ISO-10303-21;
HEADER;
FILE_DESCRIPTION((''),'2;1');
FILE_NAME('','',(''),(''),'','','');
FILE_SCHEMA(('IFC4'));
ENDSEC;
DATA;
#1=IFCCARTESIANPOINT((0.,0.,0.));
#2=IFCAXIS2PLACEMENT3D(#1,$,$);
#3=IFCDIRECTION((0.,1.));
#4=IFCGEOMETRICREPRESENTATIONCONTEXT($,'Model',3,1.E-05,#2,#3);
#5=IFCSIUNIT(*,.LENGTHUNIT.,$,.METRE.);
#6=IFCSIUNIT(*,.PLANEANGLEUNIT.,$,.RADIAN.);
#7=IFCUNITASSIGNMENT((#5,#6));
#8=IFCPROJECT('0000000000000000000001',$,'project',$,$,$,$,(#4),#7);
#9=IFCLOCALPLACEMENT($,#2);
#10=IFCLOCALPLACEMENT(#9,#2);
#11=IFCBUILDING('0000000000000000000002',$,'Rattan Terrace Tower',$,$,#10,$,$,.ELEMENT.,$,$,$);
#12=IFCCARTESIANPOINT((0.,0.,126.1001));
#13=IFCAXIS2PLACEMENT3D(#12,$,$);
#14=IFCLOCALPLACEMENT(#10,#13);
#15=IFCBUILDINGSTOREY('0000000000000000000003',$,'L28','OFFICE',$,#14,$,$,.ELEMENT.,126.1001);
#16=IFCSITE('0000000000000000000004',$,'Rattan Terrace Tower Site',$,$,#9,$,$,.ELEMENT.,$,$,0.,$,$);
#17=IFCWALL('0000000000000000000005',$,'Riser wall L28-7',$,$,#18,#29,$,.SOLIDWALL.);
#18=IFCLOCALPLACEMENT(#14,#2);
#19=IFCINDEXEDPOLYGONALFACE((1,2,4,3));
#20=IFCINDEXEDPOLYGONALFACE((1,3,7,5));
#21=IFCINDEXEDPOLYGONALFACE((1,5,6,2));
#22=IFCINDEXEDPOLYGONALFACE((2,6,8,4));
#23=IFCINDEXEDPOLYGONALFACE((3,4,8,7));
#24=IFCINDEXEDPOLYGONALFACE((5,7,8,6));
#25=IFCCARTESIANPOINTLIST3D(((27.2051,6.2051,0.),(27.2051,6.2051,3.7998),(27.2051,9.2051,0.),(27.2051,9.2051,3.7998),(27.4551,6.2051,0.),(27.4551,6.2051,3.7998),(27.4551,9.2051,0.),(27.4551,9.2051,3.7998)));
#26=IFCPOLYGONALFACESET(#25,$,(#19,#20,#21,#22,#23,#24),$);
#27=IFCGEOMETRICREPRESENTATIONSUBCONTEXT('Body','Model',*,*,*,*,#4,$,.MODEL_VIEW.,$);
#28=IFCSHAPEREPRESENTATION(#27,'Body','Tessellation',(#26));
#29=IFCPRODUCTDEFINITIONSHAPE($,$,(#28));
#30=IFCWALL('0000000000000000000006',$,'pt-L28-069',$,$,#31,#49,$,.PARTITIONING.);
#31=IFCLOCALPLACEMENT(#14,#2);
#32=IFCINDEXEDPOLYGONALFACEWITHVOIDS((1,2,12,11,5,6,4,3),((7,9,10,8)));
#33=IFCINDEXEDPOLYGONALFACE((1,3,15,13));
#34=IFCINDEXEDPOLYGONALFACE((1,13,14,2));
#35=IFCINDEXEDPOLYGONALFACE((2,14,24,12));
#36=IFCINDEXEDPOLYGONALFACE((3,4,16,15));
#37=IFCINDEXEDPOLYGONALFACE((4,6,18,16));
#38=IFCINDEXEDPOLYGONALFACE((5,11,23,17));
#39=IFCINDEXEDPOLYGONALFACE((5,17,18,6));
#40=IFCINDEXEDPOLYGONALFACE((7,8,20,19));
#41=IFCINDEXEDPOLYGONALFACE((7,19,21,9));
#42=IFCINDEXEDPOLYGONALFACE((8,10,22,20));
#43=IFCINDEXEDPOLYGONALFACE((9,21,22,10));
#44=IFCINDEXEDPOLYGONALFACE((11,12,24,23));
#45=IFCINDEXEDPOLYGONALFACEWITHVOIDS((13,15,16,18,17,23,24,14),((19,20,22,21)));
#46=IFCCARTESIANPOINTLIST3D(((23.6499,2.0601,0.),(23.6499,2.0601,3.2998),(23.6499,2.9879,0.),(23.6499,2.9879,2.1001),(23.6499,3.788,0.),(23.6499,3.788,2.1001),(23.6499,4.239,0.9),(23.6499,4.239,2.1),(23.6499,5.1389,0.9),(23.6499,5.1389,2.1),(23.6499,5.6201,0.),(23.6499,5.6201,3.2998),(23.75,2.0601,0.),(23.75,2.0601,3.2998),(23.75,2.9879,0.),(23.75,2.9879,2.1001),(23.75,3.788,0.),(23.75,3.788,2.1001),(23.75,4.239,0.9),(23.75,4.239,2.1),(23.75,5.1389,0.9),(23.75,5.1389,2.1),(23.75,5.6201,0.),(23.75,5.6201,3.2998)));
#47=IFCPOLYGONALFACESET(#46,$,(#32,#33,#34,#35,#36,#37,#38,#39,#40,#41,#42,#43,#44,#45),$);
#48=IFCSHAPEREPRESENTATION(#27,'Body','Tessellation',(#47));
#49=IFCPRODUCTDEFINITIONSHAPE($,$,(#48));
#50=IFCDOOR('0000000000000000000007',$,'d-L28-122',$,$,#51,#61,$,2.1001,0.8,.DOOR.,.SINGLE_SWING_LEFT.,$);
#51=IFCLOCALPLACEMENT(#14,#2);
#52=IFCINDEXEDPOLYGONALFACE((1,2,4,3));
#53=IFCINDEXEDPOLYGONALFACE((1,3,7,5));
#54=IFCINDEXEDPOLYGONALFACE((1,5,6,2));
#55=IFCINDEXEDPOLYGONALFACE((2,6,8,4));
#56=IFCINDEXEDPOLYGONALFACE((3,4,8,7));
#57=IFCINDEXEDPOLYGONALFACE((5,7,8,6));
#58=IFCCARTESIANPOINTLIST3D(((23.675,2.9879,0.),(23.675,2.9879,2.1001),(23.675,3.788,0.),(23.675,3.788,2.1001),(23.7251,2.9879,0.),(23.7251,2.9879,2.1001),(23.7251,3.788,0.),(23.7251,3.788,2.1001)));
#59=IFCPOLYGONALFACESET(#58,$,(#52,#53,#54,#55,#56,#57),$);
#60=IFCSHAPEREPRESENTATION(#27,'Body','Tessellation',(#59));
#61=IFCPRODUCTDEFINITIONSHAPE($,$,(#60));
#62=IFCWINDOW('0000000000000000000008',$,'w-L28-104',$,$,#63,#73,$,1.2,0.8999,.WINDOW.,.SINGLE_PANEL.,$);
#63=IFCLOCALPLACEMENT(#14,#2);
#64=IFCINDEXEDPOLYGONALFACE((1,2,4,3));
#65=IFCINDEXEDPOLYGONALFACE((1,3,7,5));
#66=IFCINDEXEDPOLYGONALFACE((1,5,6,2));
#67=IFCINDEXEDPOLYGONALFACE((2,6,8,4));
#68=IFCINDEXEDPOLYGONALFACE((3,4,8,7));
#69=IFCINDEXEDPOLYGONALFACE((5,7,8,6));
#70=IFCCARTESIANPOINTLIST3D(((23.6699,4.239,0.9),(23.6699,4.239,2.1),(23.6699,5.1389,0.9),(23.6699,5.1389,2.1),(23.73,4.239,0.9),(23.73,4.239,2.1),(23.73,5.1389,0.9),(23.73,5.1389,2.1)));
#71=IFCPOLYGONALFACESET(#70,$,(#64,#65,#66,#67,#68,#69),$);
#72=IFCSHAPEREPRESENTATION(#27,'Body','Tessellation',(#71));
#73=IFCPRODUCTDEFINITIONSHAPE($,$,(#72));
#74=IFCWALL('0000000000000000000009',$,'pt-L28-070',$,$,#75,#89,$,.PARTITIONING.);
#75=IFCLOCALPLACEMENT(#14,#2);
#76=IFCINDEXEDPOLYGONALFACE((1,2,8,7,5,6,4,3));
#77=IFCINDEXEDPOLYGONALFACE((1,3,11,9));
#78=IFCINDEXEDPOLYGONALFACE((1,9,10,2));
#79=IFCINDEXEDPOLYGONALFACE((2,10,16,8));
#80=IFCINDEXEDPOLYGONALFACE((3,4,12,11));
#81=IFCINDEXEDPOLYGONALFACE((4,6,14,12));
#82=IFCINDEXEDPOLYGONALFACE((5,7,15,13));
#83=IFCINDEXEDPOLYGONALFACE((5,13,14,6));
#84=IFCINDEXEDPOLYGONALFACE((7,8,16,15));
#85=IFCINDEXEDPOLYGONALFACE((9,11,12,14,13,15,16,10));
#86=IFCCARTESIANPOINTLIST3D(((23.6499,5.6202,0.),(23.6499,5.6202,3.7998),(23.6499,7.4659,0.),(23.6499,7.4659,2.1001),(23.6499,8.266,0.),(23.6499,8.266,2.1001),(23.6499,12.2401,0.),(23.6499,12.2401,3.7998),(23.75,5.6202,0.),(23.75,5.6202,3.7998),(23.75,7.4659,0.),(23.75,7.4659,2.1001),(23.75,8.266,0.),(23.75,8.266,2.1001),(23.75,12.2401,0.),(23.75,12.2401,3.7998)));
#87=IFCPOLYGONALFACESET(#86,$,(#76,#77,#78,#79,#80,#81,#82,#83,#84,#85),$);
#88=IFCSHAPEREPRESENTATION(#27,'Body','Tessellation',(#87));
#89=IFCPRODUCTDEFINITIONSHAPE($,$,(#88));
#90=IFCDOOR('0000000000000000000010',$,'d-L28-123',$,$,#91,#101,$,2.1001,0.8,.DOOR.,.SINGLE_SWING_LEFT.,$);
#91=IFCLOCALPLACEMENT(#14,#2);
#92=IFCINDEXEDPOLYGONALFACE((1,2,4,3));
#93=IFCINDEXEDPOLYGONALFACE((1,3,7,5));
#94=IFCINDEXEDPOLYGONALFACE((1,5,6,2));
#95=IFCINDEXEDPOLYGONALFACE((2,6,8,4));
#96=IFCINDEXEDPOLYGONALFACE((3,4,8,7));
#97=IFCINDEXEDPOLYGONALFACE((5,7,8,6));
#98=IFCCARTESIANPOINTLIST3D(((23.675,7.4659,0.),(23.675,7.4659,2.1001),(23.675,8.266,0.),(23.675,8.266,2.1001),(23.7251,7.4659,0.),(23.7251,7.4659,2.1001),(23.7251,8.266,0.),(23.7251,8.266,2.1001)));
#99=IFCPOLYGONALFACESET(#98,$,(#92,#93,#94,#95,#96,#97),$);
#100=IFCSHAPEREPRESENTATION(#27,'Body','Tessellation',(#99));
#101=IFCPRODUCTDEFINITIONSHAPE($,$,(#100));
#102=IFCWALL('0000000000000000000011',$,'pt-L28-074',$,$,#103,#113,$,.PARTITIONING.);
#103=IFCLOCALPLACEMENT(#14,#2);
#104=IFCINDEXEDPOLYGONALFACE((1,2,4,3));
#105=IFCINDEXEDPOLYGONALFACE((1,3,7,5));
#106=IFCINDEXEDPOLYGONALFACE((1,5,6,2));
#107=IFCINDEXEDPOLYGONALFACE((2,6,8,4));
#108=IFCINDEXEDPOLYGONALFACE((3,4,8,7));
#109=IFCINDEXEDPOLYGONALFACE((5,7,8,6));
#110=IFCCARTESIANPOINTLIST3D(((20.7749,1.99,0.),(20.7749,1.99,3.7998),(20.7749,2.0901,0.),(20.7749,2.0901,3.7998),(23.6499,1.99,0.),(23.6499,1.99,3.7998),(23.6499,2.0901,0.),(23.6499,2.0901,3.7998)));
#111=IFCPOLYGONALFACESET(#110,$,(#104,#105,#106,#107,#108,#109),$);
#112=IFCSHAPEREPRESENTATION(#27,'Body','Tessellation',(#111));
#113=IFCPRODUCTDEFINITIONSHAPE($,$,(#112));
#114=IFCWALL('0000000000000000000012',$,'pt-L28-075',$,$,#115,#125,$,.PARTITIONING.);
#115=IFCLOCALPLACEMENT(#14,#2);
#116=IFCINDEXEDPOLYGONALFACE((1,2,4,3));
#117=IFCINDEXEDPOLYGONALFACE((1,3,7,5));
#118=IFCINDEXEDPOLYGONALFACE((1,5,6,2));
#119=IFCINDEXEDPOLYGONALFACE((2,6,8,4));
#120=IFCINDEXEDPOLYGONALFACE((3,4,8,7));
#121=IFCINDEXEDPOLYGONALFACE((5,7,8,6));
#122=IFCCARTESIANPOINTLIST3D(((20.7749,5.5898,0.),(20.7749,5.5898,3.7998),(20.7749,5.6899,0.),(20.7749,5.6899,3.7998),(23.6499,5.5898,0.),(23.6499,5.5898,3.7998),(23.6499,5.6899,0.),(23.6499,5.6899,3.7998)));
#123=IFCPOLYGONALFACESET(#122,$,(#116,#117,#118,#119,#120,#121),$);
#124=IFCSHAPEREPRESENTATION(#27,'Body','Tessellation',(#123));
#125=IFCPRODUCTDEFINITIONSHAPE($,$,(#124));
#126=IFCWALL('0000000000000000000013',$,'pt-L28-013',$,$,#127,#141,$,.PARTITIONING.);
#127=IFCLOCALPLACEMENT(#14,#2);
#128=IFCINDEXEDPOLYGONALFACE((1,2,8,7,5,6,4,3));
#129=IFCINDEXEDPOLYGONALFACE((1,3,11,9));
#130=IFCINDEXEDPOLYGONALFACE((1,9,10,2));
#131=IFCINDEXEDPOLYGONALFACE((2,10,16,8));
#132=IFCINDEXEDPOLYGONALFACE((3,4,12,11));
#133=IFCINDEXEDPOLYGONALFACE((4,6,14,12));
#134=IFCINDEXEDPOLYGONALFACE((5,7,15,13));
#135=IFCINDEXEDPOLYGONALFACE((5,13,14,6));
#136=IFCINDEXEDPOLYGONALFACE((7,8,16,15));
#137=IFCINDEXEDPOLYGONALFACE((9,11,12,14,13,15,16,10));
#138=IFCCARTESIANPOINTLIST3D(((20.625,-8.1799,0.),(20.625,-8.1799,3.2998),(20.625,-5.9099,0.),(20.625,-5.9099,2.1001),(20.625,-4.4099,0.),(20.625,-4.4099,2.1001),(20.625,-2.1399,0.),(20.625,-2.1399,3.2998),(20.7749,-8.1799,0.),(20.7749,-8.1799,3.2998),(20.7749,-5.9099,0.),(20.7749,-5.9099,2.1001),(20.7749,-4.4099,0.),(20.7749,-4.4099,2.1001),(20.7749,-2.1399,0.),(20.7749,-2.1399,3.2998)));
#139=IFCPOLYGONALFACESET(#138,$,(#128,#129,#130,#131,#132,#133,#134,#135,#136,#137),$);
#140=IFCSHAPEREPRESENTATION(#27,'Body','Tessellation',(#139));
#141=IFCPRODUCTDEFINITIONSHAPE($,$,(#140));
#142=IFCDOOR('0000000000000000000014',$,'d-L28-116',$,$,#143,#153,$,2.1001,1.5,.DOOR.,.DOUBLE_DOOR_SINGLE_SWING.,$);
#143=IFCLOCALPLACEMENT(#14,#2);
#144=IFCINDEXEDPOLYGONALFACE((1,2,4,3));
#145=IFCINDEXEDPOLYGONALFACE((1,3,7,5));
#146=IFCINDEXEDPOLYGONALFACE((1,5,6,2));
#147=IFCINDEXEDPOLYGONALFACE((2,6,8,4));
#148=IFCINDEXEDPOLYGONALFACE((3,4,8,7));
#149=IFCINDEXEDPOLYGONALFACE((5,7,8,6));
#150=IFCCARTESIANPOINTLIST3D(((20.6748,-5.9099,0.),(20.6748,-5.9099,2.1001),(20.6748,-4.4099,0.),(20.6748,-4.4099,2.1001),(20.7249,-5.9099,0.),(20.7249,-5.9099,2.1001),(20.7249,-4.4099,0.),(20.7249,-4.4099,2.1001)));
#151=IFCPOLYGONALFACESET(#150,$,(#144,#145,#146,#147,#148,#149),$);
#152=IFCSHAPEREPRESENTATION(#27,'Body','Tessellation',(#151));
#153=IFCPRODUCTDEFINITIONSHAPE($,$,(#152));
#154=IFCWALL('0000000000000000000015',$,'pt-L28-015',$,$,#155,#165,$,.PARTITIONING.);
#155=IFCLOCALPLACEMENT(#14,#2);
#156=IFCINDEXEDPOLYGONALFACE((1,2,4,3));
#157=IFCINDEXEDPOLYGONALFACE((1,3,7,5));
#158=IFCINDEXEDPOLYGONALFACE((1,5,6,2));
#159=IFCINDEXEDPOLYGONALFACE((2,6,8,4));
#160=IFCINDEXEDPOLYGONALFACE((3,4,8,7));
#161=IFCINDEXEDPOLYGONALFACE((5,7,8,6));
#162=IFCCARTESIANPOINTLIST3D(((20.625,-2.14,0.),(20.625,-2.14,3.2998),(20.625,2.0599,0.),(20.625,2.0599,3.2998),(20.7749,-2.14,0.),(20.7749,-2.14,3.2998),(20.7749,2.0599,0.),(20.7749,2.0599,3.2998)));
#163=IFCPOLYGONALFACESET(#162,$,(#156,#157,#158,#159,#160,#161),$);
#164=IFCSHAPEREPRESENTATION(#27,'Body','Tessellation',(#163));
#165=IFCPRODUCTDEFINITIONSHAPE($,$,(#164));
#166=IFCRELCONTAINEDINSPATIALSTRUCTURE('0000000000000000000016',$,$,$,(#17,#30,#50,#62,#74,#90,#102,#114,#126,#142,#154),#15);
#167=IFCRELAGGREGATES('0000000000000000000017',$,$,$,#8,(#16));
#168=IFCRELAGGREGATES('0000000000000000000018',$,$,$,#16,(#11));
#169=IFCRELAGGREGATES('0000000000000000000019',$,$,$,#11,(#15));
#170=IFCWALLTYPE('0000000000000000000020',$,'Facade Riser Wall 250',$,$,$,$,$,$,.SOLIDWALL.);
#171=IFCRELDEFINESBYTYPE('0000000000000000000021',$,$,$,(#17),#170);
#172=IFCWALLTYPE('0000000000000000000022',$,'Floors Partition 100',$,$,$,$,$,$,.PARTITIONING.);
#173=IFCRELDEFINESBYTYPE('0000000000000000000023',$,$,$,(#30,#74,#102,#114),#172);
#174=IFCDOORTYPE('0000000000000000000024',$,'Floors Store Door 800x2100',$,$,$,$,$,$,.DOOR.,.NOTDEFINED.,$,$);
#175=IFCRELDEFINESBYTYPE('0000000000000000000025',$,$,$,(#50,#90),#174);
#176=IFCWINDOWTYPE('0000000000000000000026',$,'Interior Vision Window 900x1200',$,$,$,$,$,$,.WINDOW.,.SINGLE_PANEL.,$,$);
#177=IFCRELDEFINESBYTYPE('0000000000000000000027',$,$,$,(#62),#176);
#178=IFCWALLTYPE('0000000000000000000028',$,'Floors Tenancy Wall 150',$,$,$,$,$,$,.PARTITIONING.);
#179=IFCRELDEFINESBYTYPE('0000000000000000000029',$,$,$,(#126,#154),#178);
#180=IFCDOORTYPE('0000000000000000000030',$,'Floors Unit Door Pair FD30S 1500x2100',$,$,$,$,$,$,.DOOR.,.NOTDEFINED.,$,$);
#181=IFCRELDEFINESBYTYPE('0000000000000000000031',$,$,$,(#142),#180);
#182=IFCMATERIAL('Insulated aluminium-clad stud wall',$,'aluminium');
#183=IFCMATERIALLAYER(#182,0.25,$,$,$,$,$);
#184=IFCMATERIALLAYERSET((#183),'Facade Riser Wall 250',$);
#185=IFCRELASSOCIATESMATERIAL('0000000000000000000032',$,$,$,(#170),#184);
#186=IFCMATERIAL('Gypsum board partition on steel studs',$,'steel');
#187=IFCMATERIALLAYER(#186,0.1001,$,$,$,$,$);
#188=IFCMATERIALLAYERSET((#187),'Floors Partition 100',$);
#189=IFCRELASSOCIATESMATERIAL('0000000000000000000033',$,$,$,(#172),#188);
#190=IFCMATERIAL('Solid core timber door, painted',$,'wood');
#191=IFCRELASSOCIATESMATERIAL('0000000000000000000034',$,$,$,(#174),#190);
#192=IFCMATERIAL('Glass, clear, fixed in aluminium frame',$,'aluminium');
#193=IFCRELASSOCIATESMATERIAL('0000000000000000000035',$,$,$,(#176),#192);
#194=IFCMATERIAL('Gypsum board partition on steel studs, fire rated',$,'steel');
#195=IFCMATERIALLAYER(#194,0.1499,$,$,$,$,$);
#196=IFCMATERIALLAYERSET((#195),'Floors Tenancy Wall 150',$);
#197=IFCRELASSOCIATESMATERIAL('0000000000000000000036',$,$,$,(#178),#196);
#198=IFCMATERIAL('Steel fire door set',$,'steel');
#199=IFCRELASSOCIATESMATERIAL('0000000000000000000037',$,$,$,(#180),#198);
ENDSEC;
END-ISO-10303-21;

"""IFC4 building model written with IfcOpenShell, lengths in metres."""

from ifc_helpers import new_model, si_unit, direction, frame, frame_2d, origin, place, context, subcontext, project, spatial, rectangle, extrude, material, layer, layer_set, type_object, element, fill, save


model = new_model("IFC4")

# Units and contexts
model_context = context("Model", 3, precision=1e-05, world=origin(), true_north=direction((0.0, 1.0)))
body_context = subcontext(model_context, "Body", "Model", "MODEL_VIEW")
ifc_project = project(units=[si_unit("LENGTHUNIT", "METRE"), si_unit("PLANEANGLEUNIT", "RADIAN")], contexts=[model_context])

# Site, building, storey
site_placement = place(None, origin())
site = spatial("IfcSite", under=ifc_project, at=site_placement, Name="Rattan Terrace Tower Site", CompositionType="ELEMENT", RefElevation=0.0)
building_placement = place(site_placement, origin())
building = spatial("IfcBuilding", under=site, at=building_placement, Name="Rattan Terrace Tower", CompositionType="ELEMENT")
storey_placement = place(building_placement, frame((0.0, 0.0, 126.1001)))
storey = spatial("IfcBuildingStorey", under=building, at=storey_placement, Name="L28", Description="OFFICE", CompositionType="ELEMENT", Elevation=126.1001)

# Wall
ifc_material_1 = material(Name="Insulated aluminium-clad stud wall", Category="aluminium")
ifc_layer_1 = layer(ifc_material_1, 0.25)
ifc_layer_set_1 = layer_set([ifc_layer_1], Name="Facade Riser Wall 250")
wall_type_1 = type_object("IfcWallType", Name="Facade Riser Wall 250", PredefinedType="SOLIDWALL", material=ifc_layer_set_1)
wall_1_placement = place(storey_placement, frame((27.3301, 6.2051, 0.0), z_axis=(0.0, 0.0, 1.0), x_axis=(0.0, 1.0, 0.0)))
element("IfcWall", 1, at=wall_1_placement, inside=storey, type_object=wall_type_1, Name="Riser wall L28-7", PredefinedType="SOLIDWALL", context=body_context, shape_type="SweptSolid", body=[
    extrude(rectangle(XDim=3.0, YDim=0.25, at=frame_2d((1.5, 0.0))), origin(), (0.0, 0.0, 1.0), 3.7998),
])

# Wall, openings, door, window
ifc_material_2 = material(Name="Gypsum board partition on steel studs", Category="steel")
ifc_layer_2 = layer(ifc_material_2, 0.1001)
ifc_layer_set_2 = layer_set([ifc_layer_2], Name="Floors Partition 100")
wall_type_2 = type_object("IfcWallType", Name="Floors Partition 100", PredefinedType="PARTITIONING", material=ifc_layer_set_2)
wall_2_placement = place(storey_placement, frame((23.7, 2.0601, 0.0), z_axis=(0.0, 0.0, 1.0), x_axis=(0.0, 1.0, 0.0)))
wall_2 = element("IfcWall", 2, at=wall_2_placement, inside=storey, type_object=wall_type_2, Name="pt-L28-069", PredefinedType="PARTITIONING", context=body_context, shape_type="SweptSolid", body=[
    extrude(rectangle(XDim=3.5601, YDim=0.1001, at=frame_2d((1.78, 0.0))), origin(), (0.0, 0.0, 1.0), 3.2998),
])
opening_1_placement = place(wall_2_placement, frame((0.928, 0.0, 0.0)))
opening_1 = element("IfcOpeningElement", 3, at=opening_1_placement, cuts=wall_2, PredefinedType="OPENING", context=body_context, shape_type="SweptSolid", body=[
    extrude(rectangle(XDim=0.8, YDim=2.1001, at=frame_2d((0.3999, 1.05))), frame((0.0, 0.0605, 0.0), z_axis=(0.0, -1.0, 0.0), x_axis=(1.0, 0.0, 0.0)), (0.0, 0.0, 1.0), 0.1211),
])
opening_2_placement = place(wall_2_placement, frame((2.179, 0.0, 0.8999)))
opening_2 = element("IfcOpeningElement", 4, at=opening_2_placement, cuts=wall_2, PredefinedType="OPENING", context=body_context, shape_type="SweptSolid", body=[
    extrude(rectangle(XDim=0.8999, YDim=1.2, at=frame_2d((0.45, 0.6001))), frame((0.0, 0.0605, 0.0), z_axis=(0.0, -1.0, 0.0), x_axis=(1.0, 0.0, 0.0)), (0.0, 0.0, 1.0), 0.1211),
])
ifc_material_3 = material(Name="Solid core timber door, painted", Category="wood")
door_type_1 = type_object("IfcDoorType", Name="Floors Store Door 800x2100", OperationType="NOTDEFINED", PredefinedType="DOOR", material=ifc_material_3)
door_1_placement = place(opening_1_placement, origin())
door_1 = element("IfcDoor", 5, at=door_1_placement, inside=storey, type_object=door_type_1, Name="d-L28-122", OperationType="SINGLE_SWING_LEFT", OverallHeight=2.1001, OverallWidth=0.8, PredefinedType="DOOR", context=body_context, shape_type="SweptSolid", body=[
    extrude(rectangle(XDim=0.8, YDim=2.1001, at=frame_2d((0.3999, 1.05))), frame((0.0, 0.0249, 0.0), z_axis=(0.0, -1.0, 0.0), x_axis=(1.0, 0.0, 0.0)), (0.0, 0.0, 1.0), 0.05),
])
fill(opening_1, door_1)
ifc_material_4 = material(Name="Glass, clear, fixed in aluminium frame", Category="aluminium")
window_type = type_object("IfcWindowType", Name="Interior Vision Window 900x1200", PartitioningType="SINGLE_PANEL", PredefinedType="WINDOW", material=ifc_material_4)
window_placement = place(opening_2_placement, origin())
window = element("IfcWindow", 6, at=window_placement, inside=storey, type_object=window_type, Name="w-L28-104", OverallHeight=1.2, OverallWidth=0.8999, PartitioningType="SINGLE_PANEL", PredefinedType="WINDOW", context=body_context, shape_type="SweptSolid", body=[
    extrude(rectangle(XDim=0.8999, YDim=1.2, at=frame_2d((0.45, 0.6001))), frame((0.0, 0.03, 0.0), z_axis=(0.0, -1.0, 0.0), x_axis=(1.0, 0.0, 0.0)), (0.0, 0.0, 1.0), 0.0601),
])
fill(opening_2, window)

# Wall, opening, door
wall_3_placement = place(storey_placement, frame((23.7, 5.6201, 0.0), z_axis=(0.0, 0.0, 1.0), x_axis=(0.0, 1.0, 0.0)))
wall_3 = element("IfcWall", 7, at=wall_3_placement, inside=storey, type_object=wall_type_2, Name="pt-L28-070", PredefinedType="PARTITIONING", context=body_context, shape_type="SweptSolid", body=[
    extrude(rectangle(XDim=6.6199, YDim=0.1001, at=frame_2d((3.3101, 0.0))), origin(), (0.0, 0.0, 1.0), 3.7998),
])
opening_3_placement = place(wall_3_placement, frame((1.8459, 0.0, 0.0)))
opening_3 = element("IfcOpeningElement", 8, at=opening_3_placement, cuts=wall_3, PredefinedType="OPENING", context=body_context, shape_type="SweptSolid", body=[
    extrude(rectangle(XDim=0.8, YDim=2.1001, at=frame_2d((0.3999, 1.05))), frame((0.0, 0.0605, 0.0), z_axis=(0.0, -1.0, 0.0), x_axis=(1.0, 0.0, 0.0)), (0.0, 0.0, 1.0), 0.1211),
])
door_2_placement = place(opening_3_placement, origin())
door_2 = element("IfcDoor", 9, at=door_2_placement, inside=storey, type_object=door_type_1, Name="d-L28-123", OperationType="SINGLE_SWING_LEFT", OverallHeight=2.1001, OverallWidth=0.8, PredefinedType="DOOR", context=body_context, shape_type="SweptSolid", body=[
    extrude(rectangle(XDim=0.8, YDim=2.1001, at=frame_2d((0.3999, 1.05))), frame((0.0, 0.0249, 0.0), z_axis=(0.0, -1.0, 0.0), x_axis=(1.0, 0.0, 0.0)), (0.0, 0.0, 1.0), 0.05),
])
fill(opening_3, door_2)

# Walls
for number, where, z_axis, x_axis, name in (
    (10, (20.7749, 2.04, 0.0), (0.0, 0.0, 1.0), (1.0, 0.0, 0.0), "pt-L28-074"),
    (11, (20.7749, 5.6399, 0.0), (0.0, 0.0, 1.0), (1.0, 0.0, 0.0), "pt-L28-075"),
):
    element("IfcWall", number, at=place(storey_placement, frame(where, z_axis=z_axis, x_axis=x_axis)), inside=storey, type_object=wall_type_2, Name=name, PredefinedType="PARTITIONING", context=body_context, shape_type="SweptSolid", body=[
        extrude(rectangle(XDim=2.875, YDim=0.1001, at=frame_2d((1.4375, 0.0))), origin(), (0.0, 0.0, 1.0), 3.7998),
    ])

# Wall, opening, door
ifc_material_5 = material(Name="Gypsum board partition on steel studs, fire rated", Category="steel")
ifc_layer_3 = layer(ifc_material_5, 0.1499)
ifc_layer_set_3 = layer_set([ifc_layer_3], Name="Floors Tenancy Wall 150")
wall_type_3 = type_object("IfcWallType", Name="Floors Tenancy Wall 150", PredefinedType="PARTITIONING", material=ifc_layer_set_3)
wall_4_placement = place(storey_placement, frame((20.7, -2.1399, 0.0), z_axis=(0.0, 0.0, 1.0), x_axis=(0.0, -1.0, 0.0)))
wall_4 = element("IfcWall", 12, at=wall_4_placement, inside=storey, type_object=wall_type_3, Name="pt-L28-013", PredefinedType="PARTITIONING", context=body_context, shape_type="SweptSolid", body=[
    extrude(rectangle(XDim=6.04, YDim=0.1499, at=frame_2d((3.02, 0.0))), origin(), (0.0, 0.0, 1.0), 3.2998),
])
opening_4_placement = place(wall_4_placement, frame((2.27, 0.0, 0.0)))
opening_4 = element("IfcOpeningElement", 13, at=opening_4_placement, cuts=wall_4, PredefinedType="OPENING", context=body_context, shape_type="SweptSolid", body=[
    extrude(rectangle(XDim=1.5, YDim=2.1001, at=frame_2d((0.75, 1.05))), frame((0.0, 0.0854, 0.0), z_axis=(0.0, -1.0, 0.0), x_axis=(1.0, 0.0, 0.0)), (0.0, 0.0, 1.0), 0.1709),
])
ifc_material_6 = material(Name="Steel fire door set", Category="steel")
door_type_2 = type_object("IfcDoorType", Name="Floors Unit Door Pair FD30S 1500x2100", OperationType="NOTDEFINED", PredefinedType="DOOR", material=ifc_material_6)
door_3_placement = place(opening_4_placement, origin())
door_3 = element("IfcDoor", 14, at=door_3_placement, inside=storey, type_object=door_type_2, Name="d-L28-116", OperationType="DOUBLE_DOOR_SINGLE_SWING", OverallHeight=2.1001, OverallWidth=1.5, PredefinedType="DOOR", context=body_context, shape_type="SweptSolid", body=[
    extrude(rectangle(XDim=1.5, YDim=2.1001, at=frame_2d((0.75, 1.05))), frame((0.0, 0.0249, 0.0), z_axis=(0.0, -1.0, 0.0), x_axis=(1.0, 0.0, 0.0)), (0.0, 0.0, 1.0), 0.05),
])
fill(opening_4, door_3)

# Wall
wall_5_placement = place(storey_placement, frame((20.7, 2.0601, 0.0), z_axis=(0.0, 0.0, 1.0), x_axis=(0.0, -1.0, 0.0)))
element("IfcWall", 15, at=wall_5_placement, inside=storey, type_object=wall_type_3, Name="pt-L28-015", PredefinedType="PARTITIONING", context=body_context, shape_type="SweptSolid", body=[
    extrude(rectangle(XDim=4.2, YDim=0.1499, at=frame_2d((2.1001, 0.0))), origin(), (0.0, 0.0, 1.0), 3.2998),
])

save(model, "model.ifc")
